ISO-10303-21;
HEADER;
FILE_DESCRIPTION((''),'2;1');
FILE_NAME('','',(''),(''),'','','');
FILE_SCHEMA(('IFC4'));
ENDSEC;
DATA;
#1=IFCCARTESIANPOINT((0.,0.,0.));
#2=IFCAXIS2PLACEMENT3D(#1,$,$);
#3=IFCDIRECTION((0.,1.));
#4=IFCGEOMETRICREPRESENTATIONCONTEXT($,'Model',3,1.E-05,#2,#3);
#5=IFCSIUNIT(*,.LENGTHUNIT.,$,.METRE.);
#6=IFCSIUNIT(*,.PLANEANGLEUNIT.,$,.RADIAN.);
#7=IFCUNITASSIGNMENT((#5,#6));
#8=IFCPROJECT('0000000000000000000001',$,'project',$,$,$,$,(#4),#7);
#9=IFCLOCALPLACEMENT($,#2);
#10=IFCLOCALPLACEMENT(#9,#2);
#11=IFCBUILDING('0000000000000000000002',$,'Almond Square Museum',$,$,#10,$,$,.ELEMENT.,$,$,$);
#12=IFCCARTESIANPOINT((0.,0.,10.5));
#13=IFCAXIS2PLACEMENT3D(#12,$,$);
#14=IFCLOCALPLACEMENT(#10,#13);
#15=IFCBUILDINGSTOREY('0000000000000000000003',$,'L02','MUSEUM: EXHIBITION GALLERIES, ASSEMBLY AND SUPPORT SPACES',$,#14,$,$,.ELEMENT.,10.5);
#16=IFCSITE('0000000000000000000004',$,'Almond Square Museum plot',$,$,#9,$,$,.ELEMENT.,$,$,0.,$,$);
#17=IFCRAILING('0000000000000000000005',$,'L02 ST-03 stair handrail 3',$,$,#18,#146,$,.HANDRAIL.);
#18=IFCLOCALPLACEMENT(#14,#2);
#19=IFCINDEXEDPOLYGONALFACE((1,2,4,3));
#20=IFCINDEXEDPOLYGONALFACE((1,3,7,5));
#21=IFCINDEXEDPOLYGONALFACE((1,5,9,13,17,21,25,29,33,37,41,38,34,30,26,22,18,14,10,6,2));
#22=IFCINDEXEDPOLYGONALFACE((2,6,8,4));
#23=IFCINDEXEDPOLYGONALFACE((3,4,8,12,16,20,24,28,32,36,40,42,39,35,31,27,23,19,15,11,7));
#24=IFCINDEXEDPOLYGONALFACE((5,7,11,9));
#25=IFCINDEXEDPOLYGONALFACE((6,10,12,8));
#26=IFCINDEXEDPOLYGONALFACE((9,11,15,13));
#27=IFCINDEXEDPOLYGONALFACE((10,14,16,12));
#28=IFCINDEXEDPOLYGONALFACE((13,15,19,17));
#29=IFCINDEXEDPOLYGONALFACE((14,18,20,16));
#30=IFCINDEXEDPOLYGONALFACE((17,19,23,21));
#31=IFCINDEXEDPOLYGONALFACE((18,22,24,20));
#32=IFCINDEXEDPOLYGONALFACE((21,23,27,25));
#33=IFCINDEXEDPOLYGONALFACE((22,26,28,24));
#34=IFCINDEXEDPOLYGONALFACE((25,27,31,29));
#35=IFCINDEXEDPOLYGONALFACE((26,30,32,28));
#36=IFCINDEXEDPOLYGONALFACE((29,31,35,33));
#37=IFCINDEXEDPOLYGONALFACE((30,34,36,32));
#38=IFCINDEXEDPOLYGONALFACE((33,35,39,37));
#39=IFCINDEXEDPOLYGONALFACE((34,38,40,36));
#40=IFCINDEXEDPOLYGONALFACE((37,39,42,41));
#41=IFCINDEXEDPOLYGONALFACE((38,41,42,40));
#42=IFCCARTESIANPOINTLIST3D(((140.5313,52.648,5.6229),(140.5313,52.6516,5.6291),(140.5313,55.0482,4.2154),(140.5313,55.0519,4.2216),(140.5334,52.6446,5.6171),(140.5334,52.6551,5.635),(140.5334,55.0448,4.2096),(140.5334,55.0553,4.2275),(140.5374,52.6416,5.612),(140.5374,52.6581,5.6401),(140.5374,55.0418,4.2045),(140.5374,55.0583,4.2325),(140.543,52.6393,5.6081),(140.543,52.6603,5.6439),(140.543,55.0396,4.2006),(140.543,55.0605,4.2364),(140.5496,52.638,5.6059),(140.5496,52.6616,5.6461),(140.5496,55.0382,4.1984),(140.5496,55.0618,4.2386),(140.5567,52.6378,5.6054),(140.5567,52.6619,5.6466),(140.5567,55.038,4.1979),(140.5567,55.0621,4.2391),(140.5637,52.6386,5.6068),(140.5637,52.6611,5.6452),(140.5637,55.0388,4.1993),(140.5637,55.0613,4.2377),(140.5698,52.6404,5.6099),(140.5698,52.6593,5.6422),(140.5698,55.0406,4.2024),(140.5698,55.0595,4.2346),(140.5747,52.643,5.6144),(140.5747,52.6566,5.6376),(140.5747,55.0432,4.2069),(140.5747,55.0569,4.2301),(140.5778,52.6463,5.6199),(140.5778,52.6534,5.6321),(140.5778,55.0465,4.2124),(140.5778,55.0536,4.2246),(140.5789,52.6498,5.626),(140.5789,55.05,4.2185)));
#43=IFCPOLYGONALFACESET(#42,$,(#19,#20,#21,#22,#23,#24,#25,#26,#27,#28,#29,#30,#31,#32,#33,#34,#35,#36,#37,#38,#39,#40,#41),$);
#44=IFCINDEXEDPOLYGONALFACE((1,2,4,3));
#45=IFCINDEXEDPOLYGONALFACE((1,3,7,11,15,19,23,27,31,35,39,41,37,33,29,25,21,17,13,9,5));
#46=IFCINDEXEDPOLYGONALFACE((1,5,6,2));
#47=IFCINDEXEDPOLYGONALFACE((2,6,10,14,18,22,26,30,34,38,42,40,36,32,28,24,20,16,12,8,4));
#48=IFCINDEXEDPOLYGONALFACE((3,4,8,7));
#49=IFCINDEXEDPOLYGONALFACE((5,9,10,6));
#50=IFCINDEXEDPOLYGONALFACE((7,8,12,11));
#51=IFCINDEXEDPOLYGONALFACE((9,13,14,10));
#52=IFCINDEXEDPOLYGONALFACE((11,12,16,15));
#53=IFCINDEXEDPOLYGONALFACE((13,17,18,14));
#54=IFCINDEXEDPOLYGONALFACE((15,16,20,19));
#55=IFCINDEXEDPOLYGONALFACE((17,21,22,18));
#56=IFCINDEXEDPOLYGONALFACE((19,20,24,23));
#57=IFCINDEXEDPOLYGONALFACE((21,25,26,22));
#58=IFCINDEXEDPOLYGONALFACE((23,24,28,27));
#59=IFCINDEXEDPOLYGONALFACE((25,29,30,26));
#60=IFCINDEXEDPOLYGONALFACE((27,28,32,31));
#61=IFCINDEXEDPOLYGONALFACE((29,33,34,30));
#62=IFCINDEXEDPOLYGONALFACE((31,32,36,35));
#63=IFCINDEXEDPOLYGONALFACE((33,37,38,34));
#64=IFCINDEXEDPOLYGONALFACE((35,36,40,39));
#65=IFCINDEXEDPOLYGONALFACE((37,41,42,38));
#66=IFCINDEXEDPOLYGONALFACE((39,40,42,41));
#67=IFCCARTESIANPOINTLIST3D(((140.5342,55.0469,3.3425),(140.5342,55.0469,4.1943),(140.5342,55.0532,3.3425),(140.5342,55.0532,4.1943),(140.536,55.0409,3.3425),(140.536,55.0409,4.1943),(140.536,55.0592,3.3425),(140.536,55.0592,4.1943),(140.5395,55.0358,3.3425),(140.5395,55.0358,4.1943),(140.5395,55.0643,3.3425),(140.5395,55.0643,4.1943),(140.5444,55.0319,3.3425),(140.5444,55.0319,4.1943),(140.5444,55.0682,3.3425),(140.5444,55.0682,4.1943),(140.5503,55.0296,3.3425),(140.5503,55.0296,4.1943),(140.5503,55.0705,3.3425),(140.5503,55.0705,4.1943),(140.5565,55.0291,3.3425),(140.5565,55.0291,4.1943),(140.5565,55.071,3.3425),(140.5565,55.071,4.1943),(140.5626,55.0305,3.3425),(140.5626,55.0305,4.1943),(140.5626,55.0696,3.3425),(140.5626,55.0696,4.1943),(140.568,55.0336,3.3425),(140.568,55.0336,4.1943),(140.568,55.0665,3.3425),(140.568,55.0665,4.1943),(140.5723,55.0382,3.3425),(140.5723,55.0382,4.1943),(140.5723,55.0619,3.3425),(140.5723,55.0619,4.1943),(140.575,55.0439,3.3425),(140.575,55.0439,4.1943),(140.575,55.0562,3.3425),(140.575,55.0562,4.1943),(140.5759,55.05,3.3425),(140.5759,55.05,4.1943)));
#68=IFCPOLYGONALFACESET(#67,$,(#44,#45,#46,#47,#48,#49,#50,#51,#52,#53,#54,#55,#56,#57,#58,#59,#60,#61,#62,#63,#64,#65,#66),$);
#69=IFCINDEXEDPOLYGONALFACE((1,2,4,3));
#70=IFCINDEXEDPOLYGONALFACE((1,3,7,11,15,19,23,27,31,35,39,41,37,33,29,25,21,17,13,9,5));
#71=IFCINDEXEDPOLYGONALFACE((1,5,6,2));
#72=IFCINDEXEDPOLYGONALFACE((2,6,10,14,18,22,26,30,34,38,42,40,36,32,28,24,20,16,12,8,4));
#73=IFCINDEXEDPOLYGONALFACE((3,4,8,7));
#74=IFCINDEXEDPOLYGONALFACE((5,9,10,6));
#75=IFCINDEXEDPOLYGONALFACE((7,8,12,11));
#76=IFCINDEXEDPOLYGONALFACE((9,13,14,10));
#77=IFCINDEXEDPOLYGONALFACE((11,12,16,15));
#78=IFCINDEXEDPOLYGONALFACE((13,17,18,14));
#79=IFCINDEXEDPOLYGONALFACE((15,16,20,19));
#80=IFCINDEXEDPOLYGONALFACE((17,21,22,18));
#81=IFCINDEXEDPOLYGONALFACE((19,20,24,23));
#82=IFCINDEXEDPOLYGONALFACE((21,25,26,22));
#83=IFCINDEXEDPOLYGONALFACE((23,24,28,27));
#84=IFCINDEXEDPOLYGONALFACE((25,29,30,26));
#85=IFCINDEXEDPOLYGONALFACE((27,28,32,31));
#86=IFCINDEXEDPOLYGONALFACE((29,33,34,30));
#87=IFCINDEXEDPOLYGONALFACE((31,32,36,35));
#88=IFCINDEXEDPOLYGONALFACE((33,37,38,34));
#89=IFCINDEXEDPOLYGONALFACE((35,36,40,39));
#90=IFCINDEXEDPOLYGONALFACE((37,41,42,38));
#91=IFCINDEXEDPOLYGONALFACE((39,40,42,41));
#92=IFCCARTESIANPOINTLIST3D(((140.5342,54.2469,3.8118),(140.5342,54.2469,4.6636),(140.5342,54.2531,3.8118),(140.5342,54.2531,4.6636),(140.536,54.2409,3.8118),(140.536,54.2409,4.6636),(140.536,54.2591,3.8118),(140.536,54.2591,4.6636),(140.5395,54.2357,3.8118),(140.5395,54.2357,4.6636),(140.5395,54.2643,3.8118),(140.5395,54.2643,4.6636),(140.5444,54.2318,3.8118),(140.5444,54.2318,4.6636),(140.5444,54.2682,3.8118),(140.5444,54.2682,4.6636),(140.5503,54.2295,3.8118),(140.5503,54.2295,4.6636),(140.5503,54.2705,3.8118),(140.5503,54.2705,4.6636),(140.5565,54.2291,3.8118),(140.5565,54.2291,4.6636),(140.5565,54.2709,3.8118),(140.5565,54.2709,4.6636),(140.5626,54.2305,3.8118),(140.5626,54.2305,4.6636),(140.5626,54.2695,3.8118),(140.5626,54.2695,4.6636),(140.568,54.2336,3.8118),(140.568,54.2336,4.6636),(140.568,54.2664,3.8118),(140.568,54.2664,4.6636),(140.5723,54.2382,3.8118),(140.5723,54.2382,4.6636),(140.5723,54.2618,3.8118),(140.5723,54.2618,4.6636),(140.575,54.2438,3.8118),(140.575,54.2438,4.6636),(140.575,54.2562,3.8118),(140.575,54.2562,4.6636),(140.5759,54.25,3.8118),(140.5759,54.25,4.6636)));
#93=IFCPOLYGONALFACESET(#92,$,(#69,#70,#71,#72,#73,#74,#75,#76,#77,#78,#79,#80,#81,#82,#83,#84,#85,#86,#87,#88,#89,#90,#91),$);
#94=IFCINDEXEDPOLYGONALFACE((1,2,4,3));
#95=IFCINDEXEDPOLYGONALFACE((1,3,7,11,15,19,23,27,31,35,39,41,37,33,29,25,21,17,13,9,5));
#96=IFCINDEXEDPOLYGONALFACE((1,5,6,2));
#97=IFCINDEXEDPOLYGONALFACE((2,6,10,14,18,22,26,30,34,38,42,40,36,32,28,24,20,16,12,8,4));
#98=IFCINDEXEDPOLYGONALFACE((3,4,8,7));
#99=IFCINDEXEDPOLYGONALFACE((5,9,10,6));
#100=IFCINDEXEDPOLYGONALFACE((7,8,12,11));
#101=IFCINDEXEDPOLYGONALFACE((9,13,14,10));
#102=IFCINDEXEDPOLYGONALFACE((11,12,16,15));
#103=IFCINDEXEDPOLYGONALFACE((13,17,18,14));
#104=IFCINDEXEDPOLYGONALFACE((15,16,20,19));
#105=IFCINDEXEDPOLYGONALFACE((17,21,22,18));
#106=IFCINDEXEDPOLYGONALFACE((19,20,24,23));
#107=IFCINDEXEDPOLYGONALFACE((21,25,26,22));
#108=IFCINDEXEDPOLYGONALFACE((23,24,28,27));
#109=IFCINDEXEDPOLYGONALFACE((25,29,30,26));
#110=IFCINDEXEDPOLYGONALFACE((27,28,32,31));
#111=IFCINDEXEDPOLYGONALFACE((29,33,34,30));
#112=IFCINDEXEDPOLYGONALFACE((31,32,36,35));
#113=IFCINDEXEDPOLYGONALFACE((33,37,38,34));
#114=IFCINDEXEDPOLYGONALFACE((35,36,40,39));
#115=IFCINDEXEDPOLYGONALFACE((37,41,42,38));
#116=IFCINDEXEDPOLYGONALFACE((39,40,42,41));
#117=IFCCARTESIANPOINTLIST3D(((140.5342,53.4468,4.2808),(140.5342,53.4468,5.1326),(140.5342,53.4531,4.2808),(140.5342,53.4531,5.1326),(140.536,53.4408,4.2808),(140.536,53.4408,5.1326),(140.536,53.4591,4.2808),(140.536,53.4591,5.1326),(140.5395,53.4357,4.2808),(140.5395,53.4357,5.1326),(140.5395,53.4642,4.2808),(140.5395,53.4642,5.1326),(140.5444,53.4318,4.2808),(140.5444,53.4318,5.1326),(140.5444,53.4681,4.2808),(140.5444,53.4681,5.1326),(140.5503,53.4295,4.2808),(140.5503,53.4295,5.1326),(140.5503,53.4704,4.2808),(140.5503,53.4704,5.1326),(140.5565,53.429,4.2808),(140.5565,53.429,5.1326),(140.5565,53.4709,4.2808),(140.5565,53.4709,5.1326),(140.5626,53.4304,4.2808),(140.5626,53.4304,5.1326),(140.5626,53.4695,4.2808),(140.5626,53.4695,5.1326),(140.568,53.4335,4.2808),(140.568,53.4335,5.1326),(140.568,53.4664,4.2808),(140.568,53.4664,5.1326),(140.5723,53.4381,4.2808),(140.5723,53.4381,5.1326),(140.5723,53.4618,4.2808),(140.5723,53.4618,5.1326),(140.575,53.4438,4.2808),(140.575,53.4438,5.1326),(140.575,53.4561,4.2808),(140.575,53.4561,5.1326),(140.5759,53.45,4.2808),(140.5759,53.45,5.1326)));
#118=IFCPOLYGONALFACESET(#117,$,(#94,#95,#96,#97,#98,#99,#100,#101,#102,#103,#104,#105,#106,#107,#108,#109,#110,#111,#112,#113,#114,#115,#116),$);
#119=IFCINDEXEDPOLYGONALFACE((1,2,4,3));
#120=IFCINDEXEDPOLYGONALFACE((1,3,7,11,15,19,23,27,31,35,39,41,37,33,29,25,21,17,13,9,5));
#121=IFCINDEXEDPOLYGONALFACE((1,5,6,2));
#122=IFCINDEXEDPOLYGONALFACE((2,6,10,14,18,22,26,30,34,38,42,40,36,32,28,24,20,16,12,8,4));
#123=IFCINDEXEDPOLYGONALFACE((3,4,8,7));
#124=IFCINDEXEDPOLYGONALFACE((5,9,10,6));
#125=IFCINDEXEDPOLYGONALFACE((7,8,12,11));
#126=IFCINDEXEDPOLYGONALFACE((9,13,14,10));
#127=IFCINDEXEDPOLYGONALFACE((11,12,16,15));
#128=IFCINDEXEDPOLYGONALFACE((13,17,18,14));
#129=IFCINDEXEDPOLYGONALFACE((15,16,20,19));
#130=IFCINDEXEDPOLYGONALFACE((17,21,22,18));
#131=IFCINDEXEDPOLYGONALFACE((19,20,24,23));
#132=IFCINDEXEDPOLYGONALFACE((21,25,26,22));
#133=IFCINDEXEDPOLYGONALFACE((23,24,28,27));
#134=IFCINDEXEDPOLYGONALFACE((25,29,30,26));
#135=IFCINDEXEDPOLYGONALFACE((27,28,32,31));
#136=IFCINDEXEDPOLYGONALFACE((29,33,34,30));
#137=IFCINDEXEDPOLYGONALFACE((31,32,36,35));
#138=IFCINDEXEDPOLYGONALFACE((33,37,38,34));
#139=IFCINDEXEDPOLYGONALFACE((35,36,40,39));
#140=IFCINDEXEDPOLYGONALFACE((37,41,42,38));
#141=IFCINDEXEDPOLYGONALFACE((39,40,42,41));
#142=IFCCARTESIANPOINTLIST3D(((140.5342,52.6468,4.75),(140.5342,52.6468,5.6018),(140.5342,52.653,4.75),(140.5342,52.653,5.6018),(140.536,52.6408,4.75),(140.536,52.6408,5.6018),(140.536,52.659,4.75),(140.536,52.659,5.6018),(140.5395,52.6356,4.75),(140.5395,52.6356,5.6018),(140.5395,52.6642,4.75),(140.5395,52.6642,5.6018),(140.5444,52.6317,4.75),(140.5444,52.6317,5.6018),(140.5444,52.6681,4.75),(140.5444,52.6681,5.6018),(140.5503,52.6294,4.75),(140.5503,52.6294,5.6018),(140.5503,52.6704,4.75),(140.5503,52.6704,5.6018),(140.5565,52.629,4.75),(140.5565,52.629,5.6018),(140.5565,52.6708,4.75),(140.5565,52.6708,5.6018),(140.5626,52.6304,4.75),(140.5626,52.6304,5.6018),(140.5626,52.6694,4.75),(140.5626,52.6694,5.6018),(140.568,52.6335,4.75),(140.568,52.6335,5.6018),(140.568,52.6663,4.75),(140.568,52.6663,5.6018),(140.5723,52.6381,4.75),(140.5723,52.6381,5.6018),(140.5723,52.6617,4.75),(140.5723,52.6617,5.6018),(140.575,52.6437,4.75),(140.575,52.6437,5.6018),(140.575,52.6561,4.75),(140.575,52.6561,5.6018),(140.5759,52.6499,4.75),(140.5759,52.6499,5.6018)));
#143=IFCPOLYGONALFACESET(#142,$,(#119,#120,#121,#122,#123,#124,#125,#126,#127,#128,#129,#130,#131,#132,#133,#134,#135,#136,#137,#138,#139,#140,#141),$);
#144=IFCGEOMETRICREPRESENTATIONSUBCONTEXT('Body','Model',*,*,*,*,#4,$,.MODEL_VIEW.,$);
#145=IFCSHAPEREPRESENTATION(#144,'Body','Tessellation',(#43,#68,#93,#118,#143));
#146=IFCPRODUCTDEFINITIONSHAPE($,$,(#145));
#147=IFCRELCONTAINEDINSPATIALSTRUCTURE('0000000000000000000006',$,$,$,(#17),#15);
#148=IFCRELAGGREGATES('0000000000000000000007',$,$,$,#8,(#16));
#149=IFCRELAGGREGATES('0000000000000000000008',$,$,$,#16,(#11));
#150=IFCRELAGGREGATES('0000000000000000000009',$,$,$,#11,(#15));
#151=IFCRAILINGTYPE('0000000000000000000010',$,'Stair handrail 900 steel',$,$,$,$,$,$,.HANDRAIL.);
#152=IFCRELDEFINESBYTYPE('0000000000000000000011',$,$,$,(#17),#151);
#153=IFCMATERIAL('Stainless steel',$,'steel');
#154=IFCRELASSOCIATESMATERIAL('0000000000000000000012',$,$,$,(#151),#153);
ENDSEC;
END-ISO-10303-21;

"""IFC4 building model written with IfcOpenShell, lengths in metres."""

from ifc_helpers import new_model, si_unit, direction, frame, origin, origin_2d, place, context, subcontext, project, spatial, circle, extrude, material, type_object, element, save


model = new_model("IFC4")

# Units and contexts
model_context = context("Model", 3, precision=1e-05, world=origin(), true_north=direction((0.0, 1.0)))
body_context = subcontext(model_context, "Body", "Model", "MODEL_VIEW")
ifc_project = project(units=[si_unit("LENGTHUNIT", "METRE"), si_unit("PLANEANGLEUNIT", "RADIAN")], contexts=[model_context])

# Site, building, storey
site_placement = place(None, origin())
site = spatial("IfcSite", under=ifc_project, at=site_placement, Name="Almond Square Museum plot", CompositionType="ELEMENT", RefElevation=0.0)
building_placement = place(site_placement, origin())
building = spatial("IfcBuilding", under=site, at=building_placement, Name="Almond Square Museum", CompositionType="ELEMENT")
storey_placement = place(building_placement, frame((0.0, 0.0, 10.5)))
storey = spatial("IfcBuildingStorey", under=building, at=storey_placement, Name="L02", Description="MUSEUM: EXHIBITION GALLERIES, ASSEMBLY AND SUPPORT SPACES", CompositionType="ELEMENT", Elevation=10.5)

# Railing
ifc_material_1 = material(Name="Stainless steel", Category="steel")
railing_type_1 = type_object("IfcRailingType", Name="Stair handrail 900 steel", PredefinedType="HANDRAIL", material=ifc_material_1)
for number, where, name in (
    (1, (140.5549, 55.05, 3.3425), "L02 ST-03 stair handrail 3"),
):
    element("IfcRailing", number, at=place(storey_placement, frame(where)), inside=storey, type_object=railing_type_1, Name=name, PredefinedType="HANDRAIL", context=body_context, shape_type="SweptSolid", body=[
        extrude(circle(Radius=0.0239, at=origin_2d()), frame((0.0, 0.0, 0.876), z_axis=(0.0, -0.862621, 0.50585), x_axis=(1.0, 0.0, 0.0)), (0.0, 0.0, 1.0), 2.7825),
        extrude(circle(Radius=0.021, at=origin_2d()), origin(), (0.0, 0.0, 1.0), 0.8518),
        extrude(circle(Radius=0.021, at=origin_2d()), frame((0.0, -0.8, 0.4692)), (0.0, 0.0, 1.0), 0.8518),
        extrude(circle(Radius=0.021, at=origin_2d()), frame((0.0, -1.6001, 0.9382)), (0.0, 0.0, 1.0), 0.8518),
        extrude(circle(Radius=0.021, at=origin_2d()), frame((0.0, -2.4001, 1.4075)), (0.0, 0.0, 1.0), 0.8518),
    ])

save(model, "model.ifc")
